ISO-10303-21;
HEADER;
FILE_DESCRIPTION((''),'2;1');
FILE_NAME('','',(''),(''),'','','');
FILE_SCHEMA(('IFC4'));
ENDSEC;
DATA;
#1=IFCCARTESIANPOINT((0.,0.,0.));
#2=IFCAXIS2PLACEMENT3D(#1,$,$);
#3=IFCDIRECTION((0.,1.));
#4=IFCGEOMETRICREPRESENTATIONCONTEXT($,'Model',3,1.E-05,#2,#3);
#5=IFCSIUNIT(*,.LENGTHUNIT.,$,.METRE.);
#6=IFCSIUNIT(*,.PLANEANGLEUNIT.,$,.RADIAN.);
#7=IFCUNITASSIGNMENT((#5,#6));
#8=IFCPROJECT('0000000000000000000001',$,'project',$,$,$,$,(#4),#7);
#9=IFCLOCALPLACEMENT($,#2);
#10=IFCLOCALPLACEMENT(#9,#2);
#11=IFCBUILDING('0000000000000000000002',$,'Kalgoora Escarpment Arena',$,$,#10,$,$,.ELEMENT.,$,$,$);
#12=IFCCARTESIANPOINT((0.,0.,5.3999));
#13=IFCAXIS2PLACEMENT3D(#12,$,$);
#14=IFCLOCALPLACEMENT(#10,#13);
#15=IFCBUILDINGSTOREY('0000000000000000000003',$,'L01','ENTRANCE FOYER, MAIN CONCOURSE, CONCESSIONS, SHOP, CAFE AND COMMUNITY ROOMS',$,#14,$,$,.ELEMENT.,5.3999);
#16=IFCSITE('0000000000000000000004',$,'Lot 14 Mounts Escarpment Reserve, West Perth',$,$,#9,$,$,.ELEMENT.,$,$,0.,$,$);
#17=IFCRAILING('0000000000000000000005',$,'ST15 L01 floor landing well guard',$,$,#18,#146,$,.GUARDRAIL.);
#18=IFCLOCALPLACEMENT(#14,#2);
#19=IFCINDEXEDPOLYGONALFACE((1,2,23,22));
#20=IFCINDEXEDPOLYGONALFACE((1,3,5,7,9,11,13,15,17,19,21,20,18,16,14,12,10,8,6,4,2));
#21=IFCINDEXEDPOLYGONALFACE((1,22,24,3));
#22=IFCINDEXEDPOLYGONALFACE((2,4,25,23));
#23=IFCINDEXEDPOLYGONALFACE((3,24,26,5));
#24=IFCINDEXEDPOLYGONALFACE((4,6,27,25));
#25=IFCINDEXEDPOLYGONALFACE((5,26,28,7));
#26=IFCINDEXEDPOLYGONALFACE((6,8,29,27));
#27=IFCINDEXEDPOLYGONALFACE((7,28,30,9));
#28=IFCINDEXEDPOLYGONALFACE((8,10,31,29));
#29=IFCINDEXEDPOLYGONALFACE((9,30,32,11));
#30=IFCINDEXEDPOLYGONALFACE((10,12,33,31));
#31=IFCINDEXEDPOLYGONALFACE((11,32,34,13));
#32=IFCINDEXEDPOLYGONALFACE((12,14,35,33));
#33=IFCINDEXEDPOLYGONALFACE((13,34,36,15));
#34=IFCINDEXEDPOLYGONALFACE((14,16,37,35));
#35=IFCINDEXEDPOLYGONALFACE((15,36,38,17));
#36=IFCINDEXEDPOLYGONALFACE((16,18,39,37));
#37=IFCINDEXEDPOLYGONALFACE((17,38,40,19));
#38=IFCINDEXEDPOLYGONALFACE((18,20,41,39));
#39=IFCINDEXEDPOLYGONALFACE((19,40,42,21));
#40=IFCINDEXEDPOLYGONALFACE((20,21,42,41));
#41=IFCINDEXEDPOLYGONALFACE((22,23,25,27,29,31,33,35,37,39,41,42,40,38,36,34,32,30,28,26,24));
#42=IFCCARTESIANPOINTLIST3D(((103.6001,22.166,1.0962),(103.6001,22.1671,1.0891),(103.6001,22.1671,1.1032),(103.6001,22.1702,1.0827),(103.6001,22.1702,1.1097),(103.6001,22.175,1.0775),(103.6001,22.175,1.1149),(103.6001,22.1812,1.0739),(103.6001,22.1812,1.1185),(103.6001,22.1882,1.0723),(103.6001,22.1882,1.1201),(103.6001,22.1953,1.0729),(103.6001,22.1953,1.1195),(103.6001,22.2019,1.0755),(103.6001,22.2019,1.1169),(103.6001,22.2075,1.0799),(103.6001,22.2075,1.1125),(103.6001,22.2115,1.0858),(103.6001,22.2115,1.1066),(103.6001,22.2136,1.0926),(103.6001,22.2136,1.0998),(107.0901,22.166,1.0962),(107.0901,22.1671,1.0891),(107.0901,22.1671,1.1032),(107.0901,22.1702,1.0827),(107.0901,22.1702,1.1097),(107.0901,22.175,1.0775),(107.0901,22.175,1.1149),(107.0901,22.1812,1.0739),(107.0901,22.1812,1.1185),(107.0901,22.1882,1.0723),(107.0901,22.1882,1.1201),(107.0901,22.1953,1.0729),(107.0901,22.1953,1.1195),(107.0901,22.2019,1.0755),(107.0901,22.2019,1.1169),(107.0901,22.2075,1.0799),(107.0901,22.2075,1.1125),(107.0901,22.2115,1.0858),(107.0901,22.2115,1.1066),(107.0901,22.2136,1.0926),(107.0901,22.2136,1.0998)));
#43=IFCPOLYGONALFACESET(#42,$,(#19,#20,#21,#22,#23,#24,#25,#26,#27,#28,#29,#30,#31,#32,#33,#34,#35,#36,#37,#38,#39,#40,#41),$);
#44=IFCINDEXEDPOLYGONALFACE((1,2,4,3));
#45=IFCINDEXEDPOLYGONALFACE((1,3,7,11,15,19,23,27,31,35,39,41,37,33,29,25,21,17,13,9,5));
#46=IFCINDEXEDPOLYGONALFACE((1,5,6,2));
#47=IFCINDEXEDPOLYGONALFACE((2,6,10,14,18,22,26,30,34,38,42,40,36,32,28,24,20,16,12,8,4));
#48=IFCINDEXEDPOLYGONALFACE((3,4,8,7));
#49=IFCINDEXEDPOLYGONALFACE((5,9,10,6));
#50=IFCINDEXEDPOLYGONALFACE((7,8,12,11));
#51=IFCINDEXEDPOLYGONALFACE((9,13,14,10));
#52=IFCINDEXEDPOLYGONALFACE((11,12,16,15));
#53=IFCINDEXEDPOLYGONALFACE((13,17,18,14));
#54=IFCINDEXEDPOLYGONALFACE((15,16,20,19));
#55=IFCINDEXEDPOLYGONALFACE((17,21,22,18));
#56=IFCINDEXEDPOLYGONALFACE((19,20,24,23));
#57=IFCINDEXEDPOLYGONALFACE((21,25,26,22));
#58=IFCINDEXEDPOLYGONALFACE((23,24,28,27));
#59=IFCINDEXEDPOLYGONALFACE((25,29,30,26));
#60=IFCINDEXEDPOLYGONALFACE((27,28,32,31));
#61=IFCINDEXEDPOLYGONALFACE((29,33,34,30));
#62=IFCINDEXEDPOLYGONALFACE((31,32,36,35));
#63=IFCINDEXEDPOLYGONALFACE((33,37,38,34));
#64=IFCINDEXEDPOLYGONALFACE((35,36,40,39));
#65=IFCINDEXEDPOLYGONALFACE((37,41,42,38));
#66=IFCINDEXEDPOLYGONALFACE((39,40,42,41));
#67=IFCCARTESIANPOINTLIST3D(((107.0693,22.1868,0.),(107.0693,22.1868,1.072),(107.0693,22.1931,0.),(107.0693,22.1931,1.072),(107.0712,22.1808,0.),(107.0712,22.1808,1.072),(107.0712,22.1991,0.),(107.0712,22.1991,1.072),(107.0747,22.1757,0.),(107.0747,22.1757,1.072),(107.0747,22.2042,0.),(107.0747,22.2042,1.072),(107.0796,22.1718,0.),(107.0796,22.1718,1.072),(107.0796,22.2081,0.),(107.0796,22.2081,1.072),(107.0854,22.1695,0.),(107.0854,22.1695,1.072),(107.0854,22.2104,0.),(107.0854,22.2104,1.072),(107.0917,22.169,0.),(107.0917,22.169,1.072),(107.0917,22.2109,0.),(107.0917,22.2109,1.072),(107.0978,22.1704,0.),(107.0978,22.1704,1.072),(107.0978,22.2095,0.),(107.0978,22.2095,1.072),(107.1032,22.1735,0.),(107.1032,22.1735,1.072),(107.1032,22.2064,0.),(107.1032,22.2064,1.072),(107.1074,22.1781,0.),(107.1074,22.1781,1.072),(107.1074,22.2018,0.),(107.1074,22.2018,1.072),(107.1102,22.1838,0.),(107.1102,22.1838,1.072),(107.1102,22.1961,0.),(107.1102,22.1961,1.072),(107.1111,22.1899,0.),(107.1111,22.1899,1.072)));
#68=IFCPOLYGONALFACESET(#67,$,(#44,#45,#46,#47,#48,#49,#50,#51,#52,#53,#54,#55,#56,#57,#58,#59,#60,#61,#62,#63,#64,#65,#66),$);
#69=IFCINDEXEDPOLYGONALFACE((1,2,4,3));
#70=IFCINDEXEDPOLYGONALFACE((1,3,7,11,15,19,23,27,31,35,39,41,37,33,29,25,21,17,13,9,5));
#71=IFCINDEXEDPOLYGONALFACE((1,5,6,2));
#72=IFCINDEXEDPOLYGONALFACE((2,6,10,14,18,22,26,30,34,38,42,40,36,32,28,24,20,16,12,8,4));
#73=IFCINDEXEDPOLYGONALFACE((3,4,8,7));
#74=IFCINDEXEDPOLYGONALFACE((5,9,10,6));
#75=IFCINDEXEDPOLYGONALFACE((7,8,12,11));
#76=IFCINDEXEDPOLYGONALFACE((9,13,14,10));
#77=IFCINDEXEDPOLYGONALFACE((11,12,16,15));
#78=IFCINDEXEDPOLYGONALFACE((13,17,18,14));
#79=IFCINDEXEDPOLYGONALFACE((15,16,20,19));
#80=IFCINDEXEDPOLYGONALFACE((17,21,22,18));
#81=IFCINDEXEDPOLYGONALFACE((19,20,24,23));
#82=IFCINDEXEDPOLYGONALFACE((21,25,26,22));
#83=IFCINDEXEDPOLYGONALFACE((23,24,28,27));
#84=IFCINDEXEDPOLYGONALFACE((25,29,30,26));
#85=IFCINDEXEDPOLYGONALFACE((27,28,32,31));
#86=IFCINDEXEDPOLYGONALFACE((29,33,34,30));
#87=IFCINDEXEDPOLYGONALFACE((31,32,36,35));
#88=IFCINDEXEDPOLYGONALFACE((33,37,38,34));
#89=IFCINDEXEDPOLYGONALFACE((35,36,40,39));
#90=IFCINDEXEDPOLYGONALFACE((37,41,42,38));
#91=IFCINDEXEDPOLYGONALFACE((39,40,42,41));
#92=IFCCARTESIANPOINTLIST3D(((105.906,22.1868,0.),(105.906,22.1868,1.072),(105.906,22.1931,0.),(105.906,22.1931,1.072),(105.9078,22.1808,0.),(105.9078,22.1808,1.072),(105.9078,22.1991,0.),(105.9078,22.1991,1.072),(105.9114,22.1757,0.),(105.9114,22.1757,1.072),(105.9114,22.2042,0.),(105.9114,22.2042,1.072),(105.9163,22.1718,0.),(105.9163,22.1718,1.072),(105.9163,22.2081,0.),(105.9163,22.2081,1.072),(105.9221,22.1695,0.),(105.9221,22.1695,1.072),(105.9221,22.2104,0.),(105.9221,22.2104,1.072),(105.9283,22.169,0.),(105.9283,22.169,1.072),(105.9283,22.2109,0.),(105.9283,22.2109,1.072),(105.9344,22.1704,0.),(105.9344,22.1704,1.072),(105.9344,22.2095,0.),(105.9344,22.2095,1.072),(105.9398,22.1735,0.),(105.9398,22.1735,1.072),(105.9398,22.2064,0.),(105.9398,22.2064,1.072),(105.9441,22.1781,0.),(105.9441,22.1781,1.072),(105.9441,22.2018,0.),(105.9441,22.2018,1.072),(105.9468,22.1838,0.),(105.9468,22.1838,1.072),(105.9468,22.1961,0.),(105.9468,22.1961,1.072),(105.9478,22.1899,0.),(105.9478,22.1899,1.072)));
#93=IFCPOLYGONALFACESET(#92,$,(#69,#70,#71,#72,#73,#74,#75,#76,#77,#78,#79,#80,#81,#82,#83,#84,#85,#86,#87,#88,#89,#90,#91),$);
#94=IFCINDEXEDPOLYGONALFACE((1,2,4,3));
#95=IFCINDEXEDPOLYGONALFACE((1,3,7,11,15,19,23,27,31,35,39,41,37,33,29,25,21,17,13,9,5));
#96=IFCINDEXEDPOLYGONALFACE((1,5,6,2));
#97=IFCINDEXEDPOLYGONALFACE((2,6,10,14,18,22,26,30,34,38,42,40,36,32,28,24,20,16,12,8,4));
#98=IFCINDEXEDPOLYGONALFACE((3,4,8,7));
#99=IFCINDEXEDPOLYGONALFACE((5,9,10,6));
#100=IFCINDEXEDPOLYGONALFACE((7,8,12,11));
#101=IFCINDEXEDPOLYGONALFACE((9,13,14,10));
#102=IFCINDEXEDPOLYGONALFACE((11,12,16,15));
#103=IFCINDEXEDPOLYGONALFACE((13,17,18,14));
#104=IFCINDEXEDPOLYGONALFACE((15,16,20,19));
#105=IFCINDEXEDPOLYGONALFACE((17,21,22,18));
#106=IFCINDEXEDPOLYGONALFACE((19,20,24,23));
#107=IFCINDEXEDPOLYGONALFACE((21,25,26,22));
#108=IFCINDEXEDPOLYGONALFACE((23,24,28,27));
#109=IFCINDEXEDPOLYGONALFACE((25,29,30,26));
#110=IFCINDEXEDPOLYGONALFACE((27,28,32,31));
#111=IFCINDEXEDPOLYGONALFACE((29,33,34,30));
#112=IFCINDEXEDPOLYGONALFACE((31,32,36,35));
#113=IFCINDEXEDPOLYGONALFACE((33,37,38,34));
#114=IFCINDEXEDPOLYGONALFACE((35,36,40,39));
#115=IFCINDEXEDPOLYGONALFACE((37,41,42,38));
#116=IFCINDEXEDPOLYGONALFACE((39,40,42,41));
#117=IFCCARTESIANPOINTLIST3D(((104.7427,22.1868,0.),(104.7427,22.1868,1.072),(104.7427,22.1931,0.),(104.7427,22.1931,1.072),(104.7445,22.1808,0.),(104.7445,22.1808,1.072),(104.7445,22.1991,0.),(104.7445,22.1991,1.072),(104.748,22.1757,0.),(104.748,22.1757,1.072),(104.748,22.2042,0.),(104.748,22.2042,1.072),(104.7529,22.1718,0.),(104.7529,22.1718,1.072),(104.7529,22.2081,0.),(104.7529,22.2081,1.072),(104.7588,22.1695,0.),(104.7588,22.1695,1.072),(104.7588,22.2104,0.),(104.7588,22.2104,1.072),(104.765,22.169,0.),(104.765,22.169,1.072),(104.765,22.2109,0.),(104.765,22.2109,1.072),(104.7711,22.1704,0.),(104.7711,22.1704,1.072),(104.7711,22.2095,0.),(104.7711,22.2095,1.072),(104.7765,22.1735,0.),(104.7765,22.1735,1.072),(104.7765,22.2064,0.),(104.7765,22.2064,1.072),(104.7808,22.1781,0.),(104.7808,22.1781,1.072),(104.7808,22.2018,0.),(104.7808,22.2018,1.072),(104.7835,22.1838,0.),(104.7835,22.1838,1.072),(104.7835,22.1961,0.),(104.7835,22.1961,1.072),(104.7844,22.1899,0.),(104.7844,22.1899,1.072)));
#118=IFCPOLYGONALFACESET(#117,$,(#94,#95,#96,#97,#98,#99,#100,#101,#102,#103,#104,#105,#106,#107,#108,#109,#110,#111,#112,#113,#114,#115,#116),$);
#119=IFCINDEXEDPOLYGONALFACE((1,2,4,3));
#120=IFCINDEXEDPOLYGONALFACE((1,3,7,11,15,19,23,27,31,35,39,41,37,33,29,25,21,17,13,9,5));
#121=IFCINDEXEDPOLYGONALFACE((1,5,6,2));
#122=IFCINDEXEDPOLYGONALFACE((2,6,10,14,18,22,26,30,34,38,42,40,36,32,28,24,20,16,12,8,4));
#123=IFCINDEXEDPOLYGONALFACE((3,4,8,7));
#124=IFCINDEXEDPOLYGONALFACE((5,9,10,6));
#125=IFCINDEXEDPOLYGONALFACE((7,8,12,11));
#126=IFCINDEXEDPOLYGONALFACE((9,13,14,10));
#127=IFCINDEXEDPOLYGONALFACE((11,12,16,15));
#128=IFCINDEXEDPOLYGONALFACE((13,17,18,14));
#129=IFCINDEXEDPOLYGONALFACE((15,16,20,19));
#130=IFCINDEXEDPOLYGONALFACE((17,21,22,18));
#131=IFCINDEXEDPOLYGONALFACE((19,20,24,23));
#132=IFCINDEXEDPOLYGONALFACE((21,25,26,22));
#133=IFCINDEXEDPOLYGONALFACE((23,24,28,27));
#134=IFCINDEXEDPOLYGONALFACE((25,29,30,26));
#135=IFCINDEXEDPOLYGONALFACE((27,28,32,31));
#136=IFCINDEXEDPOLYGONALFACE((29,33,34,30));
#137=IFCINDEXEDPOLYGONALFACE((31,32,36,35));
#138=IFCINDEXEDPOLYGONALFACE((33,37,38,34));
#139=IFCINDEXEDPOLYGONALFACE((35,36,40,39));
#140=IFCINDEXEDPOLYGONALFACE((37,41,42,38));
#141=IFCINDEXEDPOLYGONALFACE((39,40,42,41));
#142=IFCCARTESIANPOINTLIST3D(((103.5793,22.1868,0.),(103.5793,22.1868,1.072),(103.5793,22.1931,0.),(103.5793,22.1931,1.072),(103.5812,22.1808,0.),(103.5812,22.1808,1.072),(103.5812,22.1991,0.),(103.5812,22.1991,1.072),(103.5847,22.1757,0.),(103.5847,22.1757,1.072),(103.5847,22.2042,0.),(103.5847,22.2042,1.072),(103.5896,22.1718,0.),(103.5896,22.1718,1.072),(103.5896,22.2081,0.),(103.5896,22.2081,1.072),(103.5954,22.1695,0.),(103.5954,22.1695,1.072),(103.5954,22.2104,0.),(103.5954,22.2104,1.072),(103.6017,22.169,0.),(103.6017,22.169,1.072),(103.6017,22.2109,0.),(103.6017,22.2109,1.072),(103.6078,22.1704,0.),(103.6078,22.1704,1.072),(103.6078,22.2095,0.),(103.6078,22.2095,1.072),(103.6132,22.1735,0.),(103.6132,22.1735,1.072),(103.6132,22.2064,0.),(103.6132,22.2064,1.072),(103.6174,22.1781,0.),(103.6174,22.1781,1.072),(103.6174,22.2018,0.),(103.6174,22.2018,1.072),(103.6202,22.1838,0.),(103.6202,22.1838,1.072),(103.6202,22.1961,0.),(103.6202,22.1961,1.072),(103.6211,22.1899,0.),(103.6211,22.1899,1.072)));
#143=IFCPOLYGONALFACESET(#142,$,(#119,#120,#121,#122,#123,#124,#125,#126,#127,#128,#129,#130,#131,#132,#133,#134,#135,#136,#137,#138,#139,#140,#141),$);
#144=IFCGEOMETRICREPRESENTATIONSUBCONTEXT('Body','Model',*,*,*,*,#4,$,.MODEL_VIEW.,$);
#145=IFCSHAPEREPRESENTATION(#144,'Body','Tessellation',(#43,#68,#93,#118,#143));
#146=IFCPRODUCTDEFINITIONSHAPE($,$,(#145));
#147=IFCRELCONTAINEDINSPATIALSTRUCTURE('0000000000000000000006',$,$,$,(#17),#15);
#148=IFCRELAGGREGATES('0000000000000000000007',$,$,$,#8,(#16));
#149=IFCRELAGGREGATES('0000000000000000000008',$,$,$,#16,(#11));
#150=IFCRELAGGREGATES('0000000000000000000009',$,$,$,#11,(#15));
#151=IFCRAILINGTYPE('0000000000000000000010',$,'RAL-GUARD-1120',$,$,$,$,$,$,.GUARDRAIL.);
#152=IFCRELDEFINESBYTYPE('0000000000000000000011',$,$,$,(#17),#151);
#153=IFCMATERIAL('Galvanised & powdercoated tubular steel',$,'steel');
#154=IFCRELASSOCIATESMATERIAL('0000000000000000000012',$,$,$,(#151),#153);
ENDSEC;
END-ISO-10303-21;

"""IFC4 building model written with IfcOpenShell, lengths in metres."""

from ifc_helpers import new_model, si_unit, direction, frame, origin, origin_2d, place, context, subcontext, project, spatial, circle, extrude, material, type_object, element, save


model = new_model("IFC4")

# Units and contexts
model_context = context("Model", 3, precision=1e-05, world=origin(), true_north=direction((0.0, 1.0)))
body_context = subcontext(model_context, "Body", "Model", "MODEL_VIEW")
ifc_project = project(units=[si_unit("LENGTHUNIT", "METRE"), si_unit("PLANEANGLEUNIT", "RADIAN")], contexts=[model_context])

# Site, building, storey
site_placement = place(None, origin())
site = spatial("IfcSite", under=ifc_project, at=site_placement, Name="Lot 14 Mounts Escarpment Reserve, West Perth", CompositionType="ELEMENT", RefElevation=0.0)
building_placement = place(site_placement, origin())
building = spatial("IfcBuilding", under=site, at=building_placement, Name="Kalgoora Escarpment Arena", CompositionType="ELEMENT")
storey_placement = place(building_placement, frame((0.0, 0.0, 5.3999)))
storey = spatial("IfcBuildingStorey", under=building, at=storey_placement, Name="L01", Description="ENTRANCE FOYER, MAIN CONCOURSE, CONCESSIONS, SHOP, CAFE AND COMMUNITY ROOMS", CompositionType="ELEMENT", Elevation=5.3999)

# Railing
ifc_material_1 = material(Name="Galvanised & powdercoated tubular steel", Category="steel")
railing_type_1 = type_object("IfcRailingType", Name="RAL-GUARD-1120", PredefinedType="GUARDRAIL", material=ifc_material_1)
railing_1_placement = place(storey_placement, frame((107.0901, 22.1899, 0.0)))
element("IfcRailing", 1, at=railing_1_placement, inside=storey, type_object=railing_type_1, Name="ST15 L01 floor landing well guard", PredefinedType="GUARDRAIL", context=body_context, shape_type="SweptSolid", body=[
    extrude(circle(Radius=0.0239, at=origin_2d()), frame((0.0, 0.0, 1.0962), z_axis=(-1.0, 0.0, 0.0), x_axis=(0.0, -1.0, 0.0)), (0.0, 0.0, 1.0), 3.49),
    extrude(circle(Radius=0.021, at=origin_2d()), origin(), (0.0, 0.0, 1.0), 1.072),
    extrude(circle(Radius=0.021, at=origin_2d()), frame((-1.1633, 0.0, 0.0)), (0.0, 0.0, 1.0), 1.072),
    extrude(circle(Radius=0.021, at=origin_2d()), frame((-2.3267, 0.0, 0.0)), (0.0, 0.0, 1.0), 1.072),
    extrude(circle(Radius=0.021, at=origin_2d()), frame((-3.49, 0.0, 0.0)), (0.0, 0.0, 1.0), 1.072),
])

save(model, "model.ifc")
